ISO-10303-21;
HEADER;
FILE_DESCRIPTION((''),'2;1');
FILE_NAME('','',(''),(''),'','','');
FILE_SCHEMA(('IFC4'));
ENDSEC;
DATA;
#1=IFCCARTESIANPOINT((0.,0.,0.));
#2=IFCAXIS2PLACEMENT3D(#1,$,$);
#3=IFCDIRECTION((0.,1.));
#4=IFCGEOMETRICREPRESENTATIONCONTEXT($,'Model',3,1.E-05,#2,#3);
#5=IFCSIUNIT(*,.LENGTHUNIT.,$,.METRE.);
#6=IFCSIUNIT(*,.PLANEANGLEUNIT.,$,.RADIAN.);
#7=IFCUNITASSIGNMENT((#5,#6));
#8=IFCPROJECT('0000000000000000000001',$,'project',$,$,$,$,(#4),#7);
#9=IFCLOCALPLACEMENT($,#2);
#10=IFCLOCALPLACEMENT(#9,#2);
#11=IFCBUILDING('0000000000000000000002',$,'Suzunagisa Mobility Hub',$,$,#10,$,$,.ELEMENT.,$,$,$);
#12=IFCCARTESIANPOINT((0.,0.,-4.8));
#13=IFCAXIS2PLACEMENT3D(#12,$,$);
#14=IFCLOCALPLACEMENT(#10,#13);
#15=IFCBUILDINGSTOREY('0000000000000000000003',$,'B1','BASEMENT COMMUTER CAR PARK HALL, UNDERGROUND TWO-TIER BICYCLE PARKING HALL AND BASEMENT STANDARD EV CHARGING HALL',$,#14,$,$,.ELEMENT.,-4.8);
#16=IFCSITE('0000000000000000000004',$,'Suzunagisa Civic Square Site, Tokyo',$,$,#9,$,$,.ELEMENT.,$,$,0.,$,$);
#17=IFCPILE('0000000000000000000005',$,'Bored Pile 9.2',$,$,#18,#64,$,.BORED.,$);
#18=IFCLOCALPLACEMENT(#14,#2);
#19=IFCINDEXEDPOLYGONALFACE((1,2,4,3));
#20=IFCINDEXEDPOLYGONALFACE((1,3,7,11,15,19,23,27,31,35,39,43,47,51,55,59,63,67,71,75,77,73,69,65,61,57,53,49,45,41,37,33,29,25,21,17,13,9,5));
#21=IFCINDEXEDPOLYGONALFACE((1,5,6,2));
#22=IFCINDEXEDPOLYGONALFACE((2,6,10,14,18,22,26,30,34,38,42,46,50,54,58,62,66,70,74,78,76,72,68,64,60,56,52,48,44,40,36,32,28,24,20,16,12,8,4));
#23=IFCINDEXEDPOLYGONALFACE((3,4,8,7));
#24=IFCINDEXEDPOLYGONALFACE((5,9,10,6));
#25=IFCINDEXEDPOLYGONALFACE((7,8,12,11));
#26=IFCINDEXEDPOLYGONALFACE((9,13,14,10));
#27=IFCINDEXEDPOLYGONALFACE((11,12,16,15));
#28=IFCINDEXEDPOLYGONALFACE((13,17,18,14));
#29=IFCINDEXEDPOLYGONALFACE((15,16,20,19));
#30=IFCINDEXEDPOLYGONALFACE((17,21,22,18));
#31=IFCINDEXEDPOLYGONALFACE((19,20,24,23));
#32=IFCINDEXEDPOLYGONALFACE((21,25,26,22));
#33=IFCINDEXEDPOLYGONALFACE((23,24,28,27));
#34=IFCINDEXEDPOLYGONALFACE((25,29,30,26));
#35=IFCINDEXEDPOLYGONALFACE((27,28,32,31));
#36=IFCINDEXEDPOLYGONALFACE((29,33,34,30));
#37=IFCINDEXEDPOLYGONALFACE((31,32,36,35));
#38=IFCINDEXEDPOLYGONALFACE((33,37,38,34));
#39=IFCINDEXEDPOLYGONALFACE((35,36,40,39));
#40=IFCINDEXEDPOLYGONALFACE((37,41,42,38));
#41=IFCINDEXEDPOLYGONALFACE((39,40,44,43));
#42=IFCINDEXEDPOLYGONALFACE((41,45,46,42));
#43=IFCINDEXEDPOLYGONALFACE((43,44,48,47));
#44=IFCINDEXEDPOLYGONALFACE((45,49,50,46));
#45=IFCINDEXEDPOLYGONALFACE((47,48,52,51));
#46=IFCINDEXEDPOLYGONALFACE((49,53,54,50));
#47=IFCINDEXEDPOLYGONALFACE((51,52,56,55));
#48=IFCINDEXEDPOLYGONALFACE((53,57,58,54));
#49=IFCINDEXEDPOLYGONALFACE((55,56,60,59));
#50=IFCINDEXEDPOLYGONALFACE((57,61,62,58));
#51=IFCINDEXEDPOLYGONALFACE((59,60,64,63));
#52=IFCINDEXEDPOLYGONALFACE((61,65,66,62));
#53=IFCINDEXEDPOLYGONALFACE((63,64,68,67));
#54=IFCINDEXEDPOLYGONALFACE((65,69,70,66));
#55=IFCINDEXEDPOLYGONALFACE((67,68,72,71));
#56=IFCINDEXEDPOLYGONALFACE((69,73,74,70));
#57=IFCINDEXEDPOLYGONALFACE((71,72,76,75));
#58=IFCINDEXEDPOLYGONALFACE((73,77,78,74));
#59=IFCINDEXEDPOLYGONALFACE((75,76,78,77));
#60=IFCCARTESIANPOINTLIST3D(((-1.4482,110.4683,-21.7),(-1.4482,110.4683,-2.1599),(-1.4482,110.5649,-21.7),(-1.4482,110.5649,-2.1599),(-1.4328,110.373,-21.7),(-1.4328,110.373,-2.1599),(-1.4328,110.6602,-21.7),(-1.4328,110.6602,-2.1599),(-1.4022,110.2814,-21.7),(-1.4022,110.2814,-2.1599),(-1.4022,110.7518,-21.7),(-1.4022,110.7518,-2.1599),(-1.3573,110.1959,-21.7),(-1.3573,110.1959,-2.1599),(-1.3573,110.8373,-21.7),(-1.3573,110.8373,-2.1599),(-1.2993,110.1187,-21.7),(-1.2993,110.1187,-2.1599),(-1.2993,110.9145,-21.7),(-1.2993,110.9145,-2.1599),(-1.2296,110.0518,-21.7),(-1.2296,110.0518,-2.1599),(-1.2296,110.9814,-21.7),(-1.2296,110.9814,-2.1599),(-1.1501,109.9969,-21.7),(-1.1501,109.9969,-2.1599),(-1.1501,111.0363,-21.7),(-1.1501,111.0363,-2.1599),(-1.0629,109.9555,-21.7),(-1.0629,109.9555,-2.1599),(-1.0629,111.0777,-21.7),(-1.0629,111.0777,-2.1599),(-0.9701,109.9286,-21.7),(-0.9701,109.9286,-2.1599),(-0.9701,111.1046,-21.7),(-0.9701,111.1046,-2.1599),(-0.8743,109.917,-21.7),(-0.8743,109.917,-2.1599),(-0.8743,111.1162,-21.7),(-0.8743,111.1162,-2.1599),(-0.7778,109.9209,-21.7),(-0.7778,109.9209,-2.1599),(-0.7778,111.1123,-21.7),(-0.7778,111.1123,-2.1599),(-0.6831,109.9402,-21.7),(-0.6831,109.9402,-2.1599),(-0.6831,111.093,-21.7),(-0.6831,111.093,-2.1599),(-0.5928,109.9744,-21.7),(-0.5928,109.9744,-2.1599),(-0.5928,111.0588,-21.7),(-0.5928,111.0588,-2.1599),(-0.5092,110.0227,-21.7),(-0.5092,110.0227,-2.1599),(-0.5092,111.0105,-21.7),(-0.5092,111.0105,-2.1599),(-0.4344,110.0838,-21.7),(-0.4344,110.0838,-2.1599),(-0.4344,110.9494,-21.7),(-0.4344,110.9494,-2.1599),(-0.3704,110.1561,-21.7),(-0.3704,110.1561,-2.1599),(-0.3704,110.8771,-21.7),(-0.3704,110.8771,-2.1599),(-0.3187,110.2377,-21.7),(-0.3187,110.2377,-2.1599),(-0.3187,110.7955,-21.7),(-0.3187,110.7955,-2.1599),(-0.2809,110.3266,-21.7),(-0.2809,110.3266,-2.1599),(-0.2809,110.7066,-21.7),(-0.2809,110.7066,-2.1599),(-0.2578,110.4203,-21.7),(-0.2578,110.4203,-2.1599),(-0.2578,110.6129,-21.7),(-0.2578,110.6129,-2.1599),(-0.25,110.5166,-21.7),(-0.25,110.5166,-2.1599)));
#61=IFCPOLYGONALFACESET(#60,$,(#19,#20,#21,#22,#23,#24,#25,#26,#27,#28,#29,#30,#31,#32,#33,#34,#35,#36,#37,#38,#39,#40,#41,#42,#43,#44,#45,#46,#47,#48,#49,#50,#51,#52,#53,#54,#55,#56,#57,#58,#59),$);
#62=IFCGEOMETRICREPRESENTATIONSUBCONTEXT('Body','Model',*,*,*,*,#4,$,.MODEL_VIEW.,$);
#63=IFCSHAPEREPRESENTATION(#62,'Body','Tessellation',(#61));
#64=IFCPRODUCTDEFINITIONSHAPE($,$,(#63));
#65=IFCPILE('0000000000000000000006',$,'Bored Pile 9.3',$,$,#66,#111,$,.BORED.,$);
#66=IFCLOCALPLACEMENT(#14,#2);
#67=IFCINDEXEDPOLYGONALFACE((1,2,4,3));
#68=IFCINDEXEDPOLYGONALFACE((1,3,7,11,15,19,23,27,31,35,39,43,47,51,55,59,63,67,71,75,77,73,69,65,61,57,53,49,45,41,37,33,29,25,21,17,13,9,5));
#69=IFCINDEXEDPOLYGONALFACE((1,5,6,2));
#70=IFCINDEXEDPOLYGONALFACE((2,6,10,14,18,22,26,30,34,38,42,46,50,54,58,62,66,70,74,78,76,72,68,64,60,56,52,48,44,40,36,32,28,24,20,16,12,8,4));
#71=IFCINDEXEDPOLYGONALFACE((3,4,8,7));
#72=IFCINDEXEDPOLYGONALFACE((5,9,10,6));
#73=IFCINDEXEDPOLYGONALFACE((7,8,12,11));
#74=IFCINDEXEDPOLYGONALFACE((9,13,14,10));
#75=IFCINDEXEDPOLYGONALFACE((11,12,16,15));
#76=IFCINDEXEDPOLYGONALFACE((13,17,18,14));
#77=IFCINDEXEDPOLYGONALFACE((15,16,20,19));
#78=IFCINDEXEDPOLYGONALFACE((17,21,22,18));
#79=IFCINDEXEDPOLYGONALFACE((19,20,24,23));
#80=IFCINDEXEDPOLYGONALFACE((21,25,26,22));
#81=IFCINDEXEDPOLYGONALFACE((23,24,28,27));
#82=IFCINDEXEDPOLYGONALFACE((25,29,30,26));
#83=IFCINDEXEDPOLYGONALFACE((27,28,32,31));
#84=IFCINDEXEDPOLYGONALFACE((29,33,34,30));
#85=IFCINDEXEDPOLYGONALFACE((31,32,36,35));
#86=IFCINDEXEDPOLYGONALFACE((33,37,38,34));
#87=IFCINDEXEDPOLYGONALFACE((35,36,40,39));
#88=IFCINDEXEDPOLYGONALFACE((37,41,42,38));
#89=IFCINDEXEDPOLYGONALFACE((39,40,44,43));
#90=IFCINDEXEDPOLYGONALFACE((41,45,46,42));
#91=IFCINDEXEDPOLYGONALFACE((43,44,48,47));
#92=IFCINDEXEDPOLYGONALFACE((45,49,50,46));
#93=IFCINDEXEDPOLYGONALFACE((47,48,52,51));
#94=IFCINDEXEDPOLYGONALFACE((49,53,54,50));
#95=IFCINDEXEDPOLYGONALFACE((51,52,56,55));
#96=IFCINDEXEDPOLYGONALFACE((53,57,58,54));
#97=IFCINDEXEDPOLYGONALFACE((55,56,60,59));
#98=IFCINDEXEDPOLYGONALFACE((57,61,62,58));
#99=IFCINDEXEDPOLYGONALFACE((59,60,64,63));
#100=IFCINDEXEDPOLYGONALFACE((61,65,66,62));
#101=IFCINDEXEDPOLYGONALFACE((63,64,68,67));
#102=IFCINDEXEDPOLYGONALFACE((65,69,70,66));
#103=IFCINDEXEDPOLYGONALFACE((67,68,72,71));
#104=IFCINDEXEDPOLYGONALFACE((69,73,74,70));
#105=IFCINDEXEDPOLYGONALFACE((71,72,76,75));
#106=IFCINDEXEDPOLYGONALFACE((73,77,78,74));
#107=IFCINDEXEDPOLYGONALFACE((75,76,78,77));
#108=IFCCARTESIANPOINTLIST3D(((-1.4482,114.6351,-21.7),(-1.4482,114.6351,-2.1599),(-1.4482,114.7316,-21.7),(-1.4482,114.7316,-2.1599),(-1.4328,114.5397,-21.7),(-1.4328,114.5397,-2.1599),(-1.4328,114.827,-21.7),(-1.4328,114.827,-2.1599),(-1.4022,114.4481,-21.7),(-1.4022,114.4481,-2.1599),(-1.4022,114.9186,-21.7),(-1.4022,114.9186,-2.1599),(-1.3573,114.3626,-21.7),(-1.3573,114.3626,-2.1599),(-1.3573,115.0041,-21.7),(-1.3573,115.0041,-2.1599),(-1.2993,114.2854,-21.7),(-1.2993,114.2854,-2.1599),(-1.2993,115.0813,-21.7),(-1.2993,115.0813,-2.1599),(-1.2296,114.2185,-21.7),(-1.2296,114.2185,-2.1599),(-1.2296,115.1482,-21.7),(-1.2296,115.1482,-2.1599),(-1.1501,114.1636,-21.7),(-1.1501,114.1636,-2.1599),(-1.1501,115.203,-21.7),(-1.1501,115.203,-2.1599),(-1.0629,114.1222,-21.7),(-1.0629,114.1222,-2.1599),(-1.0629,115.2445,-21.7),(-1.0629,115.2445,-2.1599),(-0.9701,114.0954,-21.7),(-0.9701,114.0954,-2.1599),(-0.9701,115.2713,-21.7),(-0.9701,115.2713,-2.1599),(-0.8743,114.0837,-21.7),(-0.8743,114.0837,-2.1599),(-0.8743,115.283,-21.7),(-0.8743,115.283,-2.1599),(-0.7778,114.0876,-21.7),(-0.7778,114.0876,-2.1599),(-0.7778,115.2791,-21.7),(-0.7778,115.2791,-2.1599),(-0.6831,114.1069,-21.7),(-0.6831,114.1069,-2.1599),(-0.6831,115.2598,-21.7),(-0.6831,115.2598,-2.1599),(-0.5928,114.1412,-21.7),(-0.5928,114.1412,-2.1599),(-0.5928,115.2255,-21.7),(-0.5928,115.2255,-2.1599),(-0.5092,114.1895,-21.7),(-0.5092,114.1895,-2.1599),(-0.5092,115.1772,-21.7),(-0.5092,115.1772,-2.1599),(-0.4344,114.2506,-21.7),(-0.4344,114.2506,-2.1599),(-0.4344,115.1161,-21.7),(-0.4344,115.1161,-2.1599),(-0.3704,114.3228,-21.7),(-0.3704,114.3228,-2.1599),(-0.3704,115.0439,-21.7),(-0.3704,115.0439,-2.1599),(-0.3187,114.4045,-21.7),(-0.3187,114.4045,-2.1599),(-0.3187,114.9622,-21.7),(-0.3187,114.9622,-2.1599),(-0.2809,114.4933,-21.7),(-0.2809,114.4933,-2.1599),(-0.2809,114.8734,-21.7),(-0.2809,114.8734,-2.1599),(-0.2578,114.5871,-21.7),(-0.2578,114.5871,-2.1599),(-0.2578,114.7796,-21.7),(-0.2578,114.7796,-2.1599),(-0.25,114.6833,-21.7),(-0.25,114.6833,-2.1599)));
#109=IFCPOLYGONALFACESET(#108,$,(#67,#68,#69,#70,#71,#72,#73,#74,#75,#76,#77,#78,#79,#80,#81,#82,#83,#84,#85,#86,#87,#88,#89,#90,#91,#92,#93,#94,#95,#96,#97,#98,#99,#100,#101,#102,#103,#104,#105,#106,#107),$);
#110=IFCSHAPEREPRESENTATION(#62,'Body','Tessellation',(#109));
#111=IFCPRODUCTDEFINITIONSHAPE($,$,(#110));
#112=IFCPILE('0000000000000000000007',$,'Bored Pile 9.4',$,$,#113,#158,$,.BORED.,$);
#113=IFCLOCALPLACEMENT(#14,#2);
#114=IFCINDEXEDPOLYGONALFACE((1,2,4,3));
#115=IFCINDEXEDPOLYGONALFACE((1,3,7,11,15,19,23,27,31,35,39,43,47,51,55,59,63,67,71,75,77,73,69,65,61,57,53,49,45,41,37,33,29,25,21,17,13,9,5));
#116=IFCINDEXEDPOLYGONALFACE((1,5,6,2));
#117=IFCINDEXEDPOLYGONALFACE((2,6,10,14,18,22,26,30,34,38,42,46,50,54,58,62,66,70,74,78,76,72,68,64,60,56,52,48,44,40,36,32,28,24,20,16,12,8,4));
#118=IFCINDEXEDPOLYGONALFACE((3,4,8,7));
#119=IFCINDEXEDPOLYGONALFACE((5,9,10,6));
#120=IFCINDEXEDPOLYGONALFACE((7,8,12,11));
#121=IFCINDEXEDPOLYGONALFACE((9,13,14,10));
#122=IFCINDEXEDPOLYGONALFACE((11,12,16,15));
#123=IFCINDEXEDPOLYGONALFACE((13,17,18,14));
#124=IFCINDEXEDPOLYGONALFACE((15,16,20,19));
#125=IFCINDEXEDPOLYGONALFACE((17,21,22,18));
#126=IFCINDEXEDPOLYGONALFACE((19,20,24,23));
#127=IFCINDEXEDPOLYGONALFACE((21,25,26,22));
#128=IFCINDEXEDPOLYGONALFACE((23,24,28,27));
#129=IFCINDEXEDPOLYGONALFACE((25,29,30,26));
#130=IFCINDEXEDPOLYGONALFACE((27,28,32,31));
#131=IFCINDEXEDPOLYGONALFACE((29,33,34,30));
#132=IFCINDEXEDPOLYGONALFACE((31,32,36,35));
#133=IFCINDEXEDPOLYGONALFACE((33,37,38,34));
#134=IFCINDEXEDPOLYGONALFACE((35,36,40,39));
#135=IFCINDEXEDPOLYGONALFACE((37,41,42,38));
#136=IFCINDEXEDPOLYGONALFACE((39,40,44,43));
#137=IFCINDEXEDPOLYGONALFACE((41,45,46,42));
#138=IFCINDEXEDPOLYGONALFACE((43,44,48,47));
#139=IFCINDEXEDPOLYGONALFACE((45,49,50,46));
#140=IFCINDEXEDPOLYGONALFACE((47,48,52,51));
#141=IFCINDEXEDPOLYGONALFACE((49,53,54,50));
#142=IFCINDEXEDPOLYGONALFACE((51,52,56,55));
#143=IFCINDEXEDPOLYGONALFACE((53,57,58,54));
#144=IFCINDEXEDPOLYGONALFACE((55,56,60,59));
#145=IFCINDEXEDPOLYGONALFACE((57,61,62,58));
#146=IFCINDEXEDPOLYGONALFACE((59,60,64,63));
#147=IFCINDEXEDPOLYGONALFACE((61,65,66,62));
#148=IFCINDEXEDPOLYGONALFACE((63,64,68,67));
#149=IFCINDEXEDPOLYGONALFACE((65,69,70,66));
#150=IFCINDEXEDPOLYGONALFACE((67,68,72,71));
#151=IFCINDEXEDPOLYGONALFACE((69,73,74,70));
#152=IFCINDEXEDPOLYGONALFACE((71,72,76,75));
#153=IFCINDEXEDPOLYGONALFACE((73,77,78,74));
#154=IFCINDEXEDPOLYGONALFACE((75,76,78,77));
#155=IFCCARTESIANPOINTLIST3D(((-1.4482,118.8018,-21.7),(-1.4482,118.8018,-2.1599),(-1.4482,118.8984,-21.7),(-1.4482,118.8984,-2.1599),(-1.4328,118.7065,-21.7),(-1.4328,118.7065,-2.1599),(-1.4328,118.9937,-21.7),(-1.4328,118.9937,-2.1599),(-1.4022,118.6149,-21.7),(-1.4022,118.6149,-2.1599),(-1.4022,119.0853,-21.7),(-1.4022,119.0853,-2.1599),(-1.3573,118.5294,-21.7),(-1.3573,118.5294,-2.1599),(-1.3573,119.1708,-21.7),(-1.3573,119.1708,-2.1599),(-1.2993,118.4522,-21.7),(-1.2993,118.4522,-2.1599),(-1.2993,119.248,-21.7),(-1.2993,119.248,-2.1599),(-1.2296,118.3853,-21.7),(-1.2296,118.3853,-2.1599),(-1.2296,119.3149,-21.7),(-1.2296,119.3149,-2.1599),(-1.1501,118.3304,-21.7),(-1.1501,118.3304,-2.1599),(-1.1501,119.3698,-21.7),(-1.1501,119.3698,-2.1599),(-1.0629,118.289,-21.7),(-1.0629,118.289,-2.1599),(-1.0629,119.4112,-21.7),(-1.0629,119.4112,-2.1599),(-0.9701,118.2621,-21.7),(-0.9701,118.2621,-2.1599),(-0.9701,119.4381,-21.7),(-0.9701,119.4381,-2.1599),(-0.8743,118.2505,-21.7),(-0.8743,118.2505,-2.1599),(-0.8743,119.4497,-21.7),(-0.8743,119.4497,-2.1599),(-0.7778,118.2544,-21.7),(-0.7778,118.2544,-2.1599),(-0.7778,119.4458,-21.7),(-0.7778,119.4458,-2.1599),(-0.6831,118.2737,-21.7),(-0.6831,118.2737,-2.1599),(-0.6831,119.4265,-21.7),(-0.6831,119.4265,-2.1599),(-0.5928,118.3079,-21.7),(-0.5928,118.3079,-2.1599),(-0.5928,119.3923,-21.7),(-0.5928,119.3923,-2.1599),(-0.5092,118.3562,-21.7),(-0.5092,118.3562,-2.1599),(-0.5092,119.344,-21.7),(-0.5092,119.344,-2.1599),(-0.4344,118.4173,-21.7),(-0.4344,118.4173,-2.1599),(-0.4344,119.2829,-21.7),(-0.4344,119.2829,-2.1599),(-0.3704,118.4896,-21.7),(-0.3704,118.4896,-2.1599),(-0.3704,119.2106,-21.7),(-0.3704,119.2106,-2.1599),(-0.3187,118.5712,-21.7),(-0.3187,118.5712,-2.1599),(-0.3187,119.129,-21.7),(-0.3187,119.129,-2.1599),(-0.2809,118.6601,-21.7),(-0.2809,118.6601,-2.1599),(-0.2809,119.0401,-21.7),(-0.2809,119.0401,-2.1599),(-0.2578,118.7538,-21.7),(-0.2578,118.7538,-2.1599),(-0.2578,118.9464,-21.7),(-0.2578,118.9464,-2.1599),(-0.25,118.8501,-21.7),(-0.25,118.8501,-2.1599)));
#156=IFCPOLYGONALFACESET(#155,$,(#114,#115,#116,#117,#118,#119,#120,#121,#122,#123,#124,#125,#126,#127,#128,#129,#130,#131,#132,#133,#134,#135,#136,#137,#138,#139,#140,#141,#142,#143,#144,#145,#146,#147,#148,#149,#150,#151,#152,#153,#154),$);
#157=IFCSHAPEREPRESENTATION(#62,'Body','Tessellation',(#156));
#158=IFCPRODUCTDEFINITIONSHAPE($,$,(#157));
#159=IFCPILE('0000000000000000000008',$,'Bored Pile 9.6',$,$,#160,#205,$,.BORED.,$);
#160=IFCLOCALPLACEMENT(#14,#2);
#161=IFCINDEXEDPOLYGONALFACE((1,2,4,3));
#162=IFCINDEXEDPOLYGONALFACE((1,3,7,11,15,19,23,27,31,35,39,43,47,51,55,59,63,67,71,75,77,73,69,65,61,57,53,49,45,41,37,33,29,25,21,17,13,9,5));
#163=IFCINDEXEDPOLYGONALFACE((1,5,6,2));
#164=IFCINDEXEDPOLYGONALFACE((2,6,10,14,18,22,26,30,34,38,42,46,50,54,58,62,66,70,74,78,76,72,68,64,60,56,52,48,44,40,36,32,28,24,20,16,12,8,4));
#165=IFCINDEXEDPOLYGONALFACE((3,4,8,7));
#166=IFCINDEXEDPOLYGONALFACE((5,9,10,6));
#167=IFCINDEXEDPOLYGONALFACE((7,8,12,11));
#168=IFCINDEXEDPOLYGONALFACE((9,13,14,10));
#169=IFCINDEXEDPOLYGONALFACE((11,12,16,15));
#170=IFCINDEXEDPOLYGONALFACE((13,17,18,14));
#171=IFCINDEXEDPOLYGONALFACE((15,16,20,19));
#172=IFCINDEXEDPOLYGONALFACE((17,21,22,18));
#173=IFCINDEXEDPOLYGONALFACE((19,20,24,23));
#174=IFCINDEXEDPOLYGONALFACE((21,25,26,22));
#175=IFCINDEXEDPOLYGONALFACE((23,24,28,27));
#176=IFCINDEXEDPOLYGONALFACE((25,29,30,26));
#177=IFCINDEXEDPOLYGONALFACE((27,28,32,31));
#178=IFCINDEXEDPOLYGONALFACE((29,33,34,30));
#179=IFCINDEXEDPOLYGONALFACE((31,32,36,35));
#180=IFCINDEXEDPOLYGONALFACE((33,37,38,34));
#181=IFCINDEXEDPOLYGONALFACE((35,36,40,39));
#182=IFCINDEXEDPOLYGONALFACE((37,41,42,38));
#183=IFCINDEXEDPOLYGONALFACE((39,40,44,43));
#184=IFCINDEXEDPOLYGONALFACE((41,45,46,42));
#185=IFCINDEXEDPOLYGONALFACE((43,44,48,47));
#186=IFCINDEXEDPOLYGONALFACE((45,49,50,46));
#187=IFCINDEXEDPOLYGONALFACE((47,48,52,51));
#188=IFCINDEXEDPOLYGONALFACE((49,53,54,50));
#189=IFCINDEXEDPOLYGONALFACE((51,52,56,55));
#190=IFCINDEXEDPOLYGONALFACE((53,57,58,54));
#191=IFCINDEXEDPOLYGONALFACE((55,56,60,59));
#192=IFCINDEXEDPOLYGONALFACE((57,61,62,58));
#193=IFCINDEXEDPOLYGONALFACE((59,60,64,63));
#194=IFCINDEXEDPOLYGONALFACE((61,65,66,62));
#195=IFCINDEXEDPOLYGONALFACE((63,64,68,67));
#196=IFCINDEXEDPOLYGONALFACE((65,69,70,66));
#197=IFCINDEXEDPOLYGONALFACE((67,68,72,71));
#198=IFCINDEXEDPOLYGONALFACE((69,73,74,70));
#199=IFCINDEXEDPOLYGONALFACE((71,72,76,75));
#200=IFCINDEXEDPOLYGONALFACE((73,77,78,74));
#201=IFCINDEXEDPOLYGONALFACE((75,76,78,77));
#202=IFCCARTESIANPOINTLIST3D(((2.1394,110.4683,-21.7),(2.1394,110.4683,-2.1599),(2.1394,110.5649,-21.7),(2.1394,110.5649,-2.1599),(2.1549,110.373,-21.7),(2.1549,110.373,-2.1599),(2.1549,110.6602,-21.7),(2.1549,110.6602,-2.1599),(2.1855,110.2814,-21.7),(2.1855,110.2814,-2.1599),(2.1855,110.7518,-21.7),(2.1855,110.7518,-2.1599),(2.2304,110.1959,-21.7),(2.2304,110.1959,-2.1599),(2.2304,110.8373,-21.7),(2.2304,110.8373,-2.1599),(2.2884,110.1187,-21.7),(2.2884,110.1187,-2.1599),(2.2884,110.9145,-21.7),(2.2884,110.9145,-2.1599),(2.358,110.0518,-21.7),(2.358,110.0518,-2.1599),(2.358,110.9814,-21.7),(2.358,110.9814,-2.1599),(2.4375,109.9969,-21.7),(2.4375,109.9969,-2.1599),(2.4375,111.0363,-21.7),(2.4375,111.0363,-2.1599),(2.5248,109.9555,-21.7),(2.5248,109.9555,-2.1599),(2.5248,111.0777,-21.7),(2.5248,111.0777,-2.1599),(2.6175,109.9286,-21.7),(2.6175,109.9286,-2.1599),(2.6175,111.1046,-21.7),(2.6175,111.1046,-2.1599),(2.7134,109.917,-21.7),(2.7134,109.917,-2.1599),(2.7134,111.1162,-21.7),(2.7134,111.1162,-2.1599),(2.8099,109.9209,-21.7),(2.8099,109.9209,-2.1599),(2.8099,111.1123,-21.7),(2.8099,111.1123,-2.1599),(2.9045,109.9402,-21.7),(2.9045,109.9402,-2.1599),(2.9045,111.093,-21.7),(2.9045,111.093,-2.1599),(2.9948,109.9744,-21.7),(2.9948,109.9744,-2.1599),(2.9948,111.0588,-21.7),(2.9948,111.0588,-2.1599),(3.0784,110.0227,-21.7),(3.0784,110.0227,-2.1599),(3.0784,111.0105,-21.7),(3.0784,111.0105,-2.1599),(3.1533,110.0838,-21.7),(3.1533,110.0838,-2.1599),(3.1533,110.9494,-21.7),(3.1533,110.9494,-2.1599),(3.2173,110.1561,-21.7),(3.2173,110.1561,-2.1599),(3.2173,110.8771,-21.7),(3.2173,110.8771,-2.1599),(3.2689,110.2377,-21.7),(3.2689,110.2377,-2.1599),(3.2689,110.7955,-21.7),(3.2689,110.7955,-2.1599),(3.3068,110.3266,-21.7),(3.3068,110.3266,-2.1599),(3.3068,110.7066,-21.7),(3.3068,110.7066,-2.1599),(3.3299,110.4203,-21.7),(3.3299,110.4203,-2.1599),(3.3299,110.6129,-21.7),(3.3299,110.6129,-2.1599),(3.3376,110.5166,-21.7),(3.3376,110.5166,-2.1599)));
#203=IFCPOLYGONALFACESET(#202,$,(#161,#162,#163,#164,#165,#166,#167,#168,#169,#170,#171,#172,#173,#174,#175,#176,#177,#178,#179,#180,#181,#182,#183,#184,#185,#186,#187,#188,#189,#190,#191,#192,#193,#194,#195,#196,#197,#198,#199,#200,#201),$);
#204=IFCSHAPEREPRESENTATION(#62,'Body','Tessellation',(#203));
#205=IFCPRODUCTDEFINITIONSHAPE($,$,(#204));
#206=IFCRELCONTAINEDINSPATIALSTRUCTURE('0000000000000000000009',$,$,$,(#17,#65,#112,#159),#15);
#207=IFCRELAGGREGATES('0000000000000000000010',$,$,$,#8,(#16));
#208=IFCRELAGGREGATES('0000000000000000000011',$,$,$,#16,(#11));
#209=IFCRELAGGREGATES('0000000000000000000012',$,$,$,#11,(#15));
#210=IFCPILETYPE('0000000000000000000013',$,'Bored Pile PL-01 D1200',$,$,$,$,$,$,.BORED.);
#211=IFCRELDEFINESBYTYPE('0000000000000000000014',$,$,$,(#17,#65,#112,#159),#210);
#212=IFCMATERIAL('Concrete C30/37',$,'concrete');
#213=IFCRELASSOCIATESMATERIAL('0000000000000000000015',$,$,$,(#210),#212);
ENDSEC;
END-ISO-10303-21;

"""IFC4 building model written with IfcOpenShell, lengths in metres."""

from ifc_helpers import new_model, si_unit, direction, frame, origin, origin_2d, place, context, subcontext, project, spatial, circle, extrude, material, material_profile, profile_set, type_object, element, save


model = new_model("IFC4")

# Units and contexts
model_context = context("Model", 3, precision=1e-05, world=origin(), true_north=direction((0.0, 1.0)))
body_context = subcontext(model_context, "Body", "Model", "MODEL_VIEW")
ifc_project = project(units=[si_unit("LENGTHUNIT", "METRE"), si_unit("PLANEANGLEUNIT", "RADIAN")], contexts=[model_context])

# Site, building, storey
site_placement = place(None, origin())
site = spatial("IfcSite", under=ifc_project, at=site_placement, Name="Suzunagisa Civic Square Site, Tokyo", CompositionType="ELEMENT", RefElevation=0.0)
building_placement = place(site_placement, origin())
building = spatial("IfcBuilding", under=site, at=building_placement, Name="Suzunagisa Mobility Hub", CompositionType="ELEMENT")
storey_placement = place(building_placement, frame((0.0, 0.0, -4.8)))
storey = spatial("IfcBuildingStorey", under=building, at=storey_placement, Name="B1", Description="BASEMENT COMMUTER CAR PARK HALL, UNDERGROUND TWO-TIER BICYCLE PARKING HALL AND BASEMENT STANDARD EV CHARGING HALL", CompositionType="ELEMENT", Elevation=-4.8)

# Piles
ifc_material_1 = material(Name="Concrete C30/37", Category="concrete")
ifc_material_profile_1 = material_profile(ifc_material_1, circle(Radius=0.6001, at=origin_2d()), Name="BORED PILE D1200")
ifc_profile_set_1 = profile_set([ifc_material_profile_1], Name="Concrete C30/37")
pile_type = type_object("IfcPileType", Name="Bored Pile PL-01 D1200", PredefinedType="BORED", material=ifc_profile_set_1)
for number, where, z_axis, x_axis, name in (
    (1, (-0.8501, 110.5166, -2.1599), (0.0, 0.0, -1.0), (1.0, 0.0, 0.0), "Bored Pile 9.2"),
    (2, (-0.8501, 114.6833, -2.1599), (0.0, 0.0, -1.0), (1.0, 0.0, 0.0), "Bored Pile 9.3"),
    (3, (-0.8501, 118.8501, -2.1599), (0.0, 0.0, -1.0), (1.0, 0.0, 0.0), "Bored Pile 9.4"),
    (4, (2.7375, 110.5166, -2.1599), (0.0, 0.0, -1.0), (1.0, 0.0, 0.0), "Bored Pile 9.6"),
):
    element("IfcPile", number, at=place(storey_placement, frame(where, z_axis=z_axis, x_axis=x_axis)), inside=storey, type_object=pile_type, Name=name, PredefinedType="BORED", context=body_context, shape_type="SweptSolid", body=[
        extrude(circle(Radius=0.6001, at=origin_2d()), origin(), (0.0, 0.0, 1.0), 19.54),
    ])

save(model, "model.ifc")
